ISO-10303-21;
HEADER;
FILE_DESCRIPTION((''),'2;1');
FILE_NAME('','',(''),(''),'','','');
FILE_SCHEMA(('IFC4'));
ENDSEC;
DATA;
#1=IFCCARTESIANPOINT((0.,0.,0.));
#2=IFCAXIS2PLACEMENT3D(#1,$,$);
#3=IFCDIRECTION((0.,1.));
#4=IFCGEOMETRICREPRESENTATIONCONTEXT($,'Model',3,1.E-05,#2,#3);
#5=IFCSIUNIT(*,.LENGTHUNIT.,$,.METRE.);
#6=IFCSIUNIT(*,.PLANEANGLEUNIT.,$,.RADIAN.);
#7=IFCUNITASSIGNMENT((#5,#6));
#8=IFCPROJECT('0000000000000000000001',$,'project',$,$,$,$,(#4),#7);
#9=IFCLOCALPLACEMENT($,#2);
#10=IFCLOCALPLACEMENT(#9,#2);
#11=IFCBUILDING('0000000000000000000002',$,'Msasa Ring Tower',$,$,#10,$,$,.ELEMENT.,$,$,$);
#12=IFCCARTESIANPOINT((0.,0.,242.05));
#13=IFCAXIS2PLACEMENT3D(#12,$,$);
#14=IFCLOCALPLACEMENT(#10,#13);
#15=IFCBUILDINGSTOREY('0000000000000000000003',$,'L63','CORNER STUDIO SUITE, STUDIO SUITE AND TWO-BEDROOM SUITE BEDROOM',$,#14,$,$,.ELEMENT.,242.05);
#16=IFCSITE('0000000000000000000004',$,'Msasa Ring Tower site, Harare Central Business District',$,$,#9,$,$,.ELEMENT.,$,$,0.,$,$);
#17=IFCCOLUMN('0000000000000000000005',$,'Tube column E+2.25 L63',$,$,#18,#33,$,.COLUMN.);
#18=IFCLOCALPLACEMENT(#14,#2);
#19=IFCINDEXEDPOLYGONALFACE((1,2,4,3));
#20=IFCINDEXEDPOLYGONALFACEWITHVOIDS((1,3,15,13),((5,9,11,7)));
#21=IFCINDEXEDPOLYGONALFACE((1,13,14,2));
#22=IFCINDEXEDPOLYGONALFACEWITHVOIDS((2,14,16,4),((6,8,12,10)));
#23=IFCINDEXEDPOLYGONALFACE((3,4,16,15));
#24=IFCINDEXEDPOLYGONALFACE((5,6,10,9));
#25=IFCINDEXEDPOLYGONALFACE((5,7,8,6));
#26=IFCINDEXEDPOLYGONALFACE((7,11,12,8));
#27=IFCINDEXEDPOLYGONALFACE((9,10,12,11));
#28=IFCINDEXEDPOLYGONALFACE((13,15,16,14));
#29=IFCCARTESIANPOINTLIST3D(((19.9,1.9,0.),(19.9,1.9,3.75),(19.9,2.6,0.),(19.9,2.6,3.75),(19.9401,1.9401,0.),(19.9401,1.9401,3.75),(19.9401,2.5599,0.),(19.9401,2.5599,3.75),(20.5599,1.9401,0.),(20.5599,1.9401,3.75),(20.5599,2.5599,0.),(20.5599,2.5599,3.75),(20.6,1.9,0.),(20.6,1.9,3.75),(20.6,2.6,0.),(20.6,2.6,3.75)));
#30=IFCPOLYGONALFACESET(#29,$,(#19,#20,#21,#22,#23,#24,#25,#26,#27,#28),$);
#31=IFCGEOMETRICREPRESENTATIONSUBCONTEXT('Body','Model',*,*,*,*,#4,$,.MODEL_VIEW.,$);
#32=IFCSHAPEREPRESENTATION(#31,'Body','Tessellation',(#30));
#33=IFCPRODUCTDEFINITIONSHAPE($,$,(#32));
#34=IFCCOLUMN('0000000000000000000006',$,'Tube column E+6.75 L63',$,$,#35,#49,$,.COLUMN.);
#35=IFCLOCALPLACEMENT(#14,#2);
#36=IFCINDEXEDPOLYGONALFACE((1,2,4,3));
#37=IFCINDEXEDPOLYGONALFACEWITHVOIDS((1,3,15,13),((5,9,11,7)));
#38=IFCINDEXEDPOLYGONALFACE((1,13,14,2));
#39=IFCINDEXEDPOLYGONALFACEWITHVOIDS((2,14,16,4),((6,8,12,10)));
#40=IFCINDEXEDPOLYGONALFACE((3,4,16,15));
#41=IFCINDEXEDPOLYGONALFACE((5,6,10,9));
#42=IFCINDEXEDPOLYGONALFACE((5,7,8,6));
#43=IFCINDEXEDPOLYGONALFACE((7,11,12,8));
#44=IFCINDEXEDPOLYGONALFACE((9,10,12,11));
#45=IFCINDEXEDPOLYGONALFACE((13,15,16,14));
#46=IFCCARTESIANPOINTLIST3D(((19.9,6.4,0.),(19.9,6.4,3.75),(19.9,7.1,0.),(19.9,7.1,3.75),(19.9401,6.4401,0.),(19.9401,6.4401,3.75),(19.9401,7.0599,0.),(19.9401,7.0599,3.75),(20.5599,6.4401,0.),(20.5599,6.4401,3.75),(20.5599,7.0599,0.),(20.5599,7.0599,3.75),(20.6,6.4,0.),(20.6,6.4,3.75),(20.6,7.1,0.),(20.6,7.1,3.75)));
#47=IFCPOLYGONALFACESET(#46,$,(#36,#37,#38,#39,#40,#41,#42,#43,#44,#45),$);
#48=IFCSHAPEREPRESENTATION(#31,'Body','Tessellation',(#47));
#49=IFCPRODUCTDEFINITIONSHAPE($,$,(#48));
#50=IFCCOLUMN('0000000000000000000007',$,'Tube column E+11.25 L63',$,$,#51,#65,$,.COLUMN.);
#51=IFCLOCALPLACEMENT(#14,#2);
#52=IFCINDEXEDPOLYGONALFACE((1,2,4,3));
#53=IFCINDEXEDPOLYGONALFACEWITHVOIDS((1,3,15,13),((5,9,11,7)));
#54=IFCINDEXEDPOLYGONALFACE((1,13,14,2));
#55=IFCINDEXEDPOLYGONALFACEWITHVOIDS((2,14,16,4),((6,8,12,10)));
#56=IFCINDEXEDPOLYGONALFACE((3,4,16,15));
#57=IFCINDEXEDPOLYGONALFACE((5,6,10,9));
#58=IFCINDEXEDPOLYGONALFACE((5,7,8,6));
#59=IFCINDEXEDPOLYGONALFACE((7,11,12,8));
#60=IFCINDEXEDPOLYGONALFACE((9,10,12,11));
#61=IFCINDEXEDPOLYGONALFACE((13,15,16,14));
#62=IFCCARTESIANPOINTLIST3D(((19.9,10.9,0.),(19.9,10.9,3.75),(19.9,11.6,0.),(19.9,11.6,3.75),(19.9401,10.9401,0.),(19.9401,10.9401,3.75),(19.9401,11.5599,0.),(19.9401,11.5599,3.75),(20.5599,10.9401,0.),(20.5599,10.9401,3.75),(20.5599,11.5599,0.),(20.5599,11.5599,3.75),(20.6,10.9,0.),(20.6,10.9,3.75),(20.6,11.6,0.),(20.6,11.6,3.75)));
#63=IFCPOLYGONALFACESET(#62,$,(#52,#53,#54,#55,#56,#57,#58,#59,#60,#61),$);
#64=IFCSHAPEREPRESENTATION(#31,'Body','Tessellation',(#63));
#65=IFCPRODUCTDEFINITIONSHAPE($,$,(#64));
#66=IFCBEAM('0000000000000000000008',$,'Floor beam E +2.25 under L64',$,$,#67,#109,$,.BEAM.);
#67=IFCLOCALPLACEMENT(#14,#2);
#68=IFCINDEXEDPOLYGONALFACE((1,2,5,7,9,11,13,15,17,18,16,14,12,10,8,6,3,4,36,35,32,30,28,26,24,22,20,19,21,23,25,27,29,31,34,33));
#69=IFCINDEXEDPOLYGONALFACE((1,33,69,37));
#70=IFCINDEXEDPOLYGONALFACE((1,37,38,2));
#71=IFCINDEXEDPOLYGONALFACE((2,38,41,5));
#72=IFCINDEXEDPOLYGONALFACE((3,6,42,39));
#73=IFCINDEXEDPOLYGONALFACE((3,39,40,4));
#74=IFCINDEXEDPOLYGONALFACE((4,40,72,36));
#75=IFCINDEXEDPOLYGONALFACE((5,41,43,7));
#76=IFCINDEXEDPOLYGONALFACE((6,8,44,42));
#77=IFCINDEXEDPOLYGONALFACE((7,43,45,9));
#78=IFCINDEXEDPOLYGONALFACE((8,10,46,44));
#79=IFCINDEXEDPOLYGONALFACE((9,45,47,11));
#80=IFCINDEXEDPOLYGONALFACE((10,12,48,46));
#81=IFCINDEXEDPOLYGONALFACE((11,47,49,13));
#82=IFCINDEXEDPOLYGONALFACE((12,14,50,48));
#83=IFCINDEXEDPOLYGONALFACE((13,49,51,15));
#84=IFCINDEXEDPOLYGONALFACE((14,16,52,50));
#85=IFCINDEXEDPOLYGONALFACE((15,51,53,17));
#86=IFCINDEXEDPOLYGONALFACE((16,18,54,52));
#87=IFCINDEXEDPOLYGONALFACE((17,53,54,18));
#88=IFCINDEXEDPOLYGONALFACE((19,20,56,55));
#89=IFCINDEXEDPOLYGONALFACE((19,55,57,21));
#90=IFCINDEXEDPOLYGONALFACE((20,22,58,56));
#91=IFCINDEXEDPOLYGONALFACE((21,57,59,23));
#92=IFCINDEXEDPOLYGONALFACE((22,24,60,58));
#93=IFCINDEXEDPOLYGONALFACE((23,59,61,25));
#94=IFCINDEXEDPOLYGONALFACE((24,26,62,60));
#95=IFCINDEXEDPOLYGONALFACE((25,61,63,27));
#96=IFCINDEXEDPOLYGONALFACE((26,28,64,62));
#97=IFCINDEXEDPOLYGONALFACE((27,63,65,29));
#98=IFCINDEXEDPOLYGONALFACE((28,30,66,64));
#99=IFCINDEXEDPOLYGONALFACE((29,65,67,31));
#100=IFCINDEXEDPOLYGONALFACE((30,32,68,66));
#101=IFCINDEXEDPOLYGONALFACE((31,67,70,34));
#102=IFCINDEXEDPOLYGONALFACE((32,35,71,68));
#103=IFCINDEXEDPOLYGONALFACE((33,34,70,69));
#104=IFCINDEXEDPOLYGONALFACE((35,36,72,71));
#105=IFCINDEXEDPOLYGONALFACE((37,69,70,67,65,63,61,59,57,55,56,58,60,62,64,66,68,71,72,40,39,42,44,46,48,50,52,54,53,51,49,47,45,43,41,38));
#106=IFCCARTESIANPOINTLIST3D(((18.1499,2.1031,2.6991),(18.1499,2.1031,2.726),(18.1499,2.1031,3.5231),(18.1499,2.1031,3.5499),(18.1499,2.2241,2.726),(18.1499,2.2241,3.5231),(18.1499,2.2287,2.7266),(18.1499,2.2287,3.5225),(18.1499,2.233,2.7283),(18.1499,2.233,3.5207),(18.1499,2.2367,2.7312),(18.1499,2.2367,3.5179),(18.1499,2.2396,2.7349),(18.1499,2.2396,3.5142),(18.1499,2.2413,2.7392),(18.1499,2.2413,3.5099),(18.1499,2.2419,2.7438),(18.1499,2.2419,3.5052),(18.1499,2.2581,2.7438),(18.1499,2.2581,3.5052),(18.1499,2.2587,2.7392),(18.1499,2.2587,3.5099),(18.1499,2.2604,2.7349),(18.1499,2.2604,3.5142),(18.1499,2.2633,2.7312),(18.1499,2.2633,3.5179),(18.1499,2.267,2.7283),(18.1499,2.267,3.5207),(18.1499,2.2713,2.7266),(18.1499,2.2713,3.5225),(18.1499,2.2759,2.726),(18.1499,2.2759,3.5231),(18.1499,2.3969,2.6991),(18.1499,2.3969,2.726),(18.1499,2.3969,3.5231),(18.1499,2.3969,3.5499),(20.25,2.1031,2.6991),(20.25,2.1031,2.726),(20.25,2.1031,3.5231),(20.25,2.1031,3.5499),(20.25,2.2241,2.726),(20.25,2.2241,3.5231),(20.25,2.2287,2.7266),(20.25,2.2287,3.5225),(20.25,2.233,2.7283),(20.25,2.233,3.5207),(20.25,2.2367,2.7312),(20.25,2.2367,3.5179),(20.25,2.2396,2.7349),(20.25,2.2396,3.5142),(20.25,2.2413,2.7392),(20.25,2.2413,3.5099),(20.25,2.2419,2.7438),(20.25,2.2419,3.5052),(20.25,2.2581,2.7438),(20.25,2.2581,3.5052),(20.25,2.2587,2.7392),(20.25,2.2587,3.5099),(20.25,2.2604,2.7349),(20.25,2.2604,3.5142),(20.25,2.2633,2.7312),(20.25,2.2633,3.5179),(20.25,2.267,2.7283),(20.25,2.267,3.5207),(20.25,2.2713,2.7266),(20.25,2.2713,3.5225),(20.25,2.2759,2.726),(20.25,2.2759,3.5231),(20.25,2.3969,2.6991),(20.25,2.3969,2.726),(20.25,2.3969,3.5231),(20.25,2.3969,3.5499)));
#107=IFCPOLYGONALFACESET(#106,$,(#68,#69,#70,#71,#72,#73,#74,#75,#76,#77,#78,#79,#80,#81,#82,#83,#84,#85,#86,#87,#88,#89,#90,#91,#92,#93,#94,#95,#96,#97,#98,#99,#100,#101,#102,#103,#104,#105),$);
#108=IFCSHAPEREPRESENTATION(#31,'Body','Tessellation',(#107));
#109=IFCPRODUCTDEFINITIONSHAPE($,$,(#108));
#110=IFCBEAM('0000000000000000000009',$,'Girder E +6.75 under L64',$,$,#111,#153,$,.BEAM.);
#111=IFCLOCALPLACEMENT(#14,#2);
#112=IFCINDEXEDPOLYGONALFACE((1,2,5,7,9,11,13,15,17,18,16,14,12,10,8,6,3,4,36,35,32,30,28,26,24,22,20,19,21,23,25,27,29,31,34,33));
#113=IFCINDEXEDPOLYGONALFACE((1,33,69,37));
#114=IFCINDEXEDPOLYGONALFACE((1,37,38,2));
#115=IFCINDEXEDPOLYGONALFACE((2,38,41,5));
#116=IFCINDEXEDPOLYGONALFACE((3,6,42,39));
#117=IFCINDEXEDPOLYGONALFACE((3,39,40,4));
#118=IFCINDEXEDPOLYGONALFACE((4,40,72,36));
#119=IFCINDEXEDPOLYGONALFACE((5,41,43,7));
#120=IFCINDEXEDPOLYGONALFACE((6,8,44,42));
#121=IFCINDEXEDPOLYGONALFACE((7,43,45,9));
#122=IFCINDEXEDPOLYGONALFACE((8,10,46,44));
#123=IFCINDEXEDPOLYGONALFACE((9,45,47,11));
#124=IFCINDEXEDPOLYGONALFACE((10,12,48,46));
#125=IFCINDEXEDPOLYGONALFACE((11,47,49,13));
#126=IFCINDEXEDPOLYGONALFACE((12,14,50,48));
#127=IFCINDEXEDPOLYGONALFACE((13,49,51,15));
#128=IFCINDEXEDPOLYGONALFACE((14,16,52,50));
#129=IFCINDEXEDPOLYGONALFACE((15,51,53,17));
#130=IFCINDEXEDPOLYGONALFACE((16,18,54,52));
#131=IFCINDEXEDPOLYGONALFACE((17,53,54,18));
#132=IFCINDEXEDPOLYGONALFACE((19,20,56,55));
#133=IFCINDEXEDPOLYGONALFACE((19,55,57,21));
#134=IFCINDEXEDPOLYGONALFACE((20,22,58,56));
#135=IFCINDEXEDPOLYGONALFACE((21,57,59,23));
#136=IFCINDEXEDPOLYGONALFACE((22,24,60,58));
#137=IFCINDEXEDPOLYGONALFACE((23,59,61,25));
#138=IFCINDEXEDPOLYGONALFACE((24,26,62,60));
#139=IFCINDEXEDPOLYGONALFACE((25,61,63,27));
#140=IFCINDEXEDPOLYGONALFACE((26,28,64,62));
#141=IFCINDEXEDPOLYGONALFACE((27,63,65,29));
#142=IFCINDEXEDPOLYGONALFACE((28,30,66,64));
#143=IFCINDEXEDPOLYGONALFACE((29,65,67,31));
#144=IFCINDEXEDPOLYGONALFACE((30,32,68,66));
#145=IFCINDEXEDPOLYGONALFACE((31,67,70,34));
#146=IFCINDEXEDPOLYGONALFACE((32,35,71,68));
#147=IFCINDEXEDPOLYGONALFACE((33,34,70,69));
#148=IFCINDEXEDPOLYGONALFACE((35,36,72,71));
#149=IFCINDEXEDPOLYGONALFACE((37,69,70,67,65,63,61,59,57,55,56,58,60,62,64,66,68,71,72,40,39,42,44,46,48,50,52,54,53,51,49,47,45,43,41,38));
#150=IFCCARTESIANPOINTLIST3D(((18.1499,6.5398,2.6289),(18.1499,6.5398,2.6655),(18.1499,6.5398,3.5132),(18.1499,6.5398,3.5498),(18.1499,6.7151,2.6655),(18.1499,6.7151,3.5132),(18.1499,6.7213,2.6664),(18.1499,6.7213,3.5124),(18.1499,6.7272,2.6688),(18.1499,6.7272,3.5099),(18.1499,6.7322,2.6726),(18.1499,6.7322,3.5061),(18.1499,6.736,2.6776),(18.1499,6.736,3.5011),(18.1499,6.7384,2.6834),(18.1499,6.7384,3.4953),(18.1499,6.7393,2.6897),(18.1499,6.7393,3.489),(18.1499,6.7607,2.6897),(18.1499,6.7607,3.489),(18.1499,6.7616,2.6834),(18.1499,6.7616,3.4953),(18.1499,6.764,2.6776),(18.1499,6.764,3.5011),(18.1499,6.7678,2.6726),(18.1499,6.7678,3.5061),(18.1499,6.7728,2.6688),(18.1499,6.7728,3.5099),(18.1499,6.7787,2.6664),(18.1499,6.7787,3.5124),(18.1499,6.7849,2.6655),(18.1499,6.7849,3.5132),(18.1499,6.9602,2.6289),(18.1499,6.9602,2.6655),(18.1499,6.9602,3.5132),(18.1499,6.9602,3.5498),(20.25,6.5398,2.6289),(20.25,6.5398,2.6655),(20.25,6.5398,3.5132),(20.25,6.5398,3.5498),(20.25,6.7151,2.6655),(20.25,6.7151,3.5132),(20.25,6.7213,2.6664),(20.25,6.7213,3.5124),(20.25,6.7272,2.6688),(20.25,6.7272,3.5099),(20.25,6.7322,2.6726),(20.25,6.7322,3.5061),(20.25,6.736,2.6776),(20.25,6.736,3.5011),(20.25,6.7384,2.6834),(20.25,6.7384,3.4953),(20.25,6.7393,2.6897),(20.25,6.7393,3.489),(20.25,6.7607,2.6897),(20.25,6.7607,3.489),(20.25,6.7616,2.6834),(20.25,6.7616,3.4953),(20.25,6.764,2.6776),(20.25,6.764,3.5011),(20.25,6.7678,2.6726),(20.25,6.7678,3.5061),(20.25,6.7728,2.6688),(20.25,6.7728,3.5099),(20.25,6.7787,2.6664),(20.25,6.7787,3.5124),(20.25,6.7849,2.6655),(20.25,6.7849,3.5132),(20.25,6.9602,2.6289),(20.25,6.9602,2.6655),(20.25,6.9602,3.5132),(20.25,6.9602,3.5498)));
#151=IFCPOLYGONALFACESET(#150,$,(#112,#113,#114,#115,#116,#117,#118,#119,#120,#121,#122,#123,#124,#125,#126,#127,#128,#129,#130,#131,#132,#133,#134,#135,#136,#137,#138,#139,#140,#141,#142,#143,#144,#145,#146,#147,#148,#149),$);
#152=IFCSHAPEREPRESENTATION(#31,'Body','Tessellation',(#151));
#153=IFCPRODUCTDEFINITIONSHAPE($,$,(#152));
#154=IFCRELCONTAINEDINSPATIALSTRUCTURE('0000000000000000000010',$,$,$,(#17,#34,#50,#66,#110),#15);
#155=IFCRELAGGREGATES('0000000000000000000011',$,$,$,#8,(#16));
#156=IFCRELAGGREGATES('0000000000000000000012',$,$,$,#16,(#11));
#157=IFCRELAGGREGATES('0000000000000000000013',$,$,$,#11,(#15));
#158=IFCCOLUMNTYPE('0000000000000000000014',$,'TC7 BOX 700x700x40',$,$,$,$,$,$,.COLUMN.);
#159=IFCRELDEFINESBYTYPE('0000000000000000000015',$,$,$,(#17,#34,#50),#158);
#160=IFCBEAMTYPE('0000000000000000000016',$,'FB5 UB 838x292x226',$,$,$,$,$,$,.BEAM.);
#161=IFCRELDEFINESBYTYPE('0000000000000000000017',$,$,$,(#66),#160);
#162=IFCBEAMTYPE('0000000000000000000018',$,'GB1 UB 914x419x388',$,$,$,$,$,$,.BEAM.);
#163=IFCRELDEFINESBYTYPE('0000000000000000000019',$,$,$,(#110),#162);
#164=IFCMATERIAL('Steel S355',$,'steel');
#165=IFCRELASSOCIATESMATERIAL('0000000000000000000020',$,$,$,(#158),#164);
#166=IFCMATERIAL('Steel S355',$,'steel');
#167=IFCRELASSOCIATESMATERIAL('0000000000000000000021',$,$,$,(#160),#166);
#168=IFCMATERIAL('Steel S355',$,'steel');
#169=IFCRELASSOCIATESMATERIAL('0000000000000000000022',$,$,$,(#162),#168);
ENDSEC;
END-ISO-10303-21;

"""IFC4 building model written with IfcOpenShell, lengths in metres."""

from ifc_helpers import new_model, si_unit, direction, frame, origin, origin_2d, place, context, subcontext, project, spatial, hollow_rectangle, i_section, extrude, material, material_profile, profile_set, type_object, element, save


model = new_model("IFC4")

# Units and contexts
model_context = context("Model", 3, precision=1e-05, world=origin(), true_north=direction((0.0, 1.0)))
body_context = subcontext(model_context, "Body", "Model", "MODEL_VIEW")
ifc_project = project(units=[si_unit("LENGTHUNIT", "METRE"), si_unit("PLANEANGLEUNIT", "RADIAN")], contexts=[model_context])

# Site, building, storey
site_placement = place(None, origin())
site = spatial("IfcSite", under=ifc_project, at=site_placement, Name="Msasa Ring Tower site, Harare Central Business District", CompositionType="ELEMENT", RefElevation=0.0)
building_placement = place(site_placement, origin())
building = spatial("IfcBuilding", under=site, at=building_placement, Name="Msasa Ring Tower", CompositionType="ELEMENT")
storey_placement = place(building_placement, frame((0.0, 0.0, 242.05)))
storey = spatial("IfcBuildingStorey", under=building, at=storey_placement, Name="L63", Description="CORNER STUDIO SUITE, STUDIO SUITE AND TWO-BEDROOM SUITE BEDROOM", CompositionType="ELEMENT", Elevation=242.05)

# Columns
ifc_material_1 = material(Name="Steel S355", Category="steel")
ifc_material_profile_1 = material_profile(ifc_material_1, hollow_rectangle(XDim=0.7, YDim=0.7, WallThickness=0.04, at=origin_2d()), Name="BOX 700x700x40")
ifc_profile_set_1 = profile_set([ifc_material_profile_1], Name="Steel S355")
column_type = type_object("IfcColumnType", Name="TC7 BOX 700x700x40", PredefinedType="COLUMN", material=ifc_profile_set_1)
for number, where, z_axis, x_axis, name in (
    (1, (20.25, 2.25, 0.0), (0.0, 0.0, 1.0), (1.0, 0.0, 0.0), "Tube column E+2.25 L63"),
    (2, (20.25, 6.75, 0.0), (0.0, 0.0, 1.0), (1.0, 0.0, 0.0), "Tube column E+6.75 L63"),
    (3, (20.25, 11.25, 0.0), (0.0, 0.0, 1.0), (1.0, 0.0, 0.0), "Tube column E+11.25 L63"),
):
    element("IfcColumn", number, at=place(storey_placement, frame(where, z_axis=z_axis, x_axis=x_axis)), inside=storey, type_object=column_type, Name=name, PredefinedType="COLUMN", context=body_context, shape_type="SweptSolid", body=[
        extrude(hollow_rectangle(XDim=0.7, YDim=0.7, WallThickness=0.04, at=origin_2d()), origin(), (0.0, 0.0, 1.0), 3.75),
    ])

# Beams
ifc_material_2 = material(Name="Steel S355", Category="steel")
ifc_material_profile_2 = material_profile(ifc_material_2, i_section(OverallWidth=0.2937, OverallDepth=0.8508, WebThickness=0.0161, FlangeThickness=0.0269, FilletRadius=0.0178, at=origin_2d()), Name="UB 838x292x226")
ifc_profile_set_2 = profile_set([ifc_material_profile_2], Name="Steel S355")
beam_type_1 = type_object("IfcBeamType", Name="FB5 UB 838x292x226", PredefinedType="BEAM", material=ifc_profile_set_2)
beam_1_placement = place(storey_placement, frame((20.25, 2.25, 3.1245), z_axis=(-1.0, 0.0, 0.0), x_axis=(0.0, -1.0, 0.0)))
element("IfcBeam", 4, at=beam_1_placement, inside=storey, type_object=beam_type_1, Name="Floor beam E +2.25 under L64", PredefinedType="BEAM", context=body_context, shape_type="SweptSolid", body=[
    extrude(i_section(OverallWidth=0.2937, OverallDepth=0.8508, WebThickness=0.0161, FlangeThickness=0.0269, FilletRadius=0.0178, at=origin_2d()), origin(), (0.0, 0.0, 1.0), 2.1001),
])
ifc_material_3 = material(Name="Steel S355", Category="steel")
ifc_material_profile_3 = material_profile(ifc_material_3, i_section(OverallWidth=0.4204, OverallDepth=0.9209, WebThickness=0.0215, FlangeThickness=0.0366, FilletRadius=0.0242, at=origin_2d()), Name="UB 914x419x388")
ifc_profile_set_3 = profile_set([ifc_material_profile_3], Name="Steel S355")
beam_type_2 = type_object("IfcBeamType", Name="GB1 UB 914x419x388", PredefinedType="BEAM", material=ifc_profile_set_3)
beam_2_placement = place(storey_placement, frame((18.1499, 6.75, 3.0894), z_axis=(1.0, 0.0, 0.0), x_axis=(0.0, 1.0, 0.0)))
element("IfcBeam", 5, at=beam_2_placement, inside=storey, type_object=beam_type_2, Name="Girder E +6.75 under L64", PredefinedType="BEAM", context=body_context, shape_type="SweptSolid", body=[
    extrude(i_section(OverallWidth=0.4204, OverallDepth=0.9209, WebThickness=0.0215, FlangeThickness=0.0366, FilletRadius=0.0242, at=origin_2d()), origin(), (0.0, 0.0, 1.0), 2.1001),
])

save(model, "model.ifc")
